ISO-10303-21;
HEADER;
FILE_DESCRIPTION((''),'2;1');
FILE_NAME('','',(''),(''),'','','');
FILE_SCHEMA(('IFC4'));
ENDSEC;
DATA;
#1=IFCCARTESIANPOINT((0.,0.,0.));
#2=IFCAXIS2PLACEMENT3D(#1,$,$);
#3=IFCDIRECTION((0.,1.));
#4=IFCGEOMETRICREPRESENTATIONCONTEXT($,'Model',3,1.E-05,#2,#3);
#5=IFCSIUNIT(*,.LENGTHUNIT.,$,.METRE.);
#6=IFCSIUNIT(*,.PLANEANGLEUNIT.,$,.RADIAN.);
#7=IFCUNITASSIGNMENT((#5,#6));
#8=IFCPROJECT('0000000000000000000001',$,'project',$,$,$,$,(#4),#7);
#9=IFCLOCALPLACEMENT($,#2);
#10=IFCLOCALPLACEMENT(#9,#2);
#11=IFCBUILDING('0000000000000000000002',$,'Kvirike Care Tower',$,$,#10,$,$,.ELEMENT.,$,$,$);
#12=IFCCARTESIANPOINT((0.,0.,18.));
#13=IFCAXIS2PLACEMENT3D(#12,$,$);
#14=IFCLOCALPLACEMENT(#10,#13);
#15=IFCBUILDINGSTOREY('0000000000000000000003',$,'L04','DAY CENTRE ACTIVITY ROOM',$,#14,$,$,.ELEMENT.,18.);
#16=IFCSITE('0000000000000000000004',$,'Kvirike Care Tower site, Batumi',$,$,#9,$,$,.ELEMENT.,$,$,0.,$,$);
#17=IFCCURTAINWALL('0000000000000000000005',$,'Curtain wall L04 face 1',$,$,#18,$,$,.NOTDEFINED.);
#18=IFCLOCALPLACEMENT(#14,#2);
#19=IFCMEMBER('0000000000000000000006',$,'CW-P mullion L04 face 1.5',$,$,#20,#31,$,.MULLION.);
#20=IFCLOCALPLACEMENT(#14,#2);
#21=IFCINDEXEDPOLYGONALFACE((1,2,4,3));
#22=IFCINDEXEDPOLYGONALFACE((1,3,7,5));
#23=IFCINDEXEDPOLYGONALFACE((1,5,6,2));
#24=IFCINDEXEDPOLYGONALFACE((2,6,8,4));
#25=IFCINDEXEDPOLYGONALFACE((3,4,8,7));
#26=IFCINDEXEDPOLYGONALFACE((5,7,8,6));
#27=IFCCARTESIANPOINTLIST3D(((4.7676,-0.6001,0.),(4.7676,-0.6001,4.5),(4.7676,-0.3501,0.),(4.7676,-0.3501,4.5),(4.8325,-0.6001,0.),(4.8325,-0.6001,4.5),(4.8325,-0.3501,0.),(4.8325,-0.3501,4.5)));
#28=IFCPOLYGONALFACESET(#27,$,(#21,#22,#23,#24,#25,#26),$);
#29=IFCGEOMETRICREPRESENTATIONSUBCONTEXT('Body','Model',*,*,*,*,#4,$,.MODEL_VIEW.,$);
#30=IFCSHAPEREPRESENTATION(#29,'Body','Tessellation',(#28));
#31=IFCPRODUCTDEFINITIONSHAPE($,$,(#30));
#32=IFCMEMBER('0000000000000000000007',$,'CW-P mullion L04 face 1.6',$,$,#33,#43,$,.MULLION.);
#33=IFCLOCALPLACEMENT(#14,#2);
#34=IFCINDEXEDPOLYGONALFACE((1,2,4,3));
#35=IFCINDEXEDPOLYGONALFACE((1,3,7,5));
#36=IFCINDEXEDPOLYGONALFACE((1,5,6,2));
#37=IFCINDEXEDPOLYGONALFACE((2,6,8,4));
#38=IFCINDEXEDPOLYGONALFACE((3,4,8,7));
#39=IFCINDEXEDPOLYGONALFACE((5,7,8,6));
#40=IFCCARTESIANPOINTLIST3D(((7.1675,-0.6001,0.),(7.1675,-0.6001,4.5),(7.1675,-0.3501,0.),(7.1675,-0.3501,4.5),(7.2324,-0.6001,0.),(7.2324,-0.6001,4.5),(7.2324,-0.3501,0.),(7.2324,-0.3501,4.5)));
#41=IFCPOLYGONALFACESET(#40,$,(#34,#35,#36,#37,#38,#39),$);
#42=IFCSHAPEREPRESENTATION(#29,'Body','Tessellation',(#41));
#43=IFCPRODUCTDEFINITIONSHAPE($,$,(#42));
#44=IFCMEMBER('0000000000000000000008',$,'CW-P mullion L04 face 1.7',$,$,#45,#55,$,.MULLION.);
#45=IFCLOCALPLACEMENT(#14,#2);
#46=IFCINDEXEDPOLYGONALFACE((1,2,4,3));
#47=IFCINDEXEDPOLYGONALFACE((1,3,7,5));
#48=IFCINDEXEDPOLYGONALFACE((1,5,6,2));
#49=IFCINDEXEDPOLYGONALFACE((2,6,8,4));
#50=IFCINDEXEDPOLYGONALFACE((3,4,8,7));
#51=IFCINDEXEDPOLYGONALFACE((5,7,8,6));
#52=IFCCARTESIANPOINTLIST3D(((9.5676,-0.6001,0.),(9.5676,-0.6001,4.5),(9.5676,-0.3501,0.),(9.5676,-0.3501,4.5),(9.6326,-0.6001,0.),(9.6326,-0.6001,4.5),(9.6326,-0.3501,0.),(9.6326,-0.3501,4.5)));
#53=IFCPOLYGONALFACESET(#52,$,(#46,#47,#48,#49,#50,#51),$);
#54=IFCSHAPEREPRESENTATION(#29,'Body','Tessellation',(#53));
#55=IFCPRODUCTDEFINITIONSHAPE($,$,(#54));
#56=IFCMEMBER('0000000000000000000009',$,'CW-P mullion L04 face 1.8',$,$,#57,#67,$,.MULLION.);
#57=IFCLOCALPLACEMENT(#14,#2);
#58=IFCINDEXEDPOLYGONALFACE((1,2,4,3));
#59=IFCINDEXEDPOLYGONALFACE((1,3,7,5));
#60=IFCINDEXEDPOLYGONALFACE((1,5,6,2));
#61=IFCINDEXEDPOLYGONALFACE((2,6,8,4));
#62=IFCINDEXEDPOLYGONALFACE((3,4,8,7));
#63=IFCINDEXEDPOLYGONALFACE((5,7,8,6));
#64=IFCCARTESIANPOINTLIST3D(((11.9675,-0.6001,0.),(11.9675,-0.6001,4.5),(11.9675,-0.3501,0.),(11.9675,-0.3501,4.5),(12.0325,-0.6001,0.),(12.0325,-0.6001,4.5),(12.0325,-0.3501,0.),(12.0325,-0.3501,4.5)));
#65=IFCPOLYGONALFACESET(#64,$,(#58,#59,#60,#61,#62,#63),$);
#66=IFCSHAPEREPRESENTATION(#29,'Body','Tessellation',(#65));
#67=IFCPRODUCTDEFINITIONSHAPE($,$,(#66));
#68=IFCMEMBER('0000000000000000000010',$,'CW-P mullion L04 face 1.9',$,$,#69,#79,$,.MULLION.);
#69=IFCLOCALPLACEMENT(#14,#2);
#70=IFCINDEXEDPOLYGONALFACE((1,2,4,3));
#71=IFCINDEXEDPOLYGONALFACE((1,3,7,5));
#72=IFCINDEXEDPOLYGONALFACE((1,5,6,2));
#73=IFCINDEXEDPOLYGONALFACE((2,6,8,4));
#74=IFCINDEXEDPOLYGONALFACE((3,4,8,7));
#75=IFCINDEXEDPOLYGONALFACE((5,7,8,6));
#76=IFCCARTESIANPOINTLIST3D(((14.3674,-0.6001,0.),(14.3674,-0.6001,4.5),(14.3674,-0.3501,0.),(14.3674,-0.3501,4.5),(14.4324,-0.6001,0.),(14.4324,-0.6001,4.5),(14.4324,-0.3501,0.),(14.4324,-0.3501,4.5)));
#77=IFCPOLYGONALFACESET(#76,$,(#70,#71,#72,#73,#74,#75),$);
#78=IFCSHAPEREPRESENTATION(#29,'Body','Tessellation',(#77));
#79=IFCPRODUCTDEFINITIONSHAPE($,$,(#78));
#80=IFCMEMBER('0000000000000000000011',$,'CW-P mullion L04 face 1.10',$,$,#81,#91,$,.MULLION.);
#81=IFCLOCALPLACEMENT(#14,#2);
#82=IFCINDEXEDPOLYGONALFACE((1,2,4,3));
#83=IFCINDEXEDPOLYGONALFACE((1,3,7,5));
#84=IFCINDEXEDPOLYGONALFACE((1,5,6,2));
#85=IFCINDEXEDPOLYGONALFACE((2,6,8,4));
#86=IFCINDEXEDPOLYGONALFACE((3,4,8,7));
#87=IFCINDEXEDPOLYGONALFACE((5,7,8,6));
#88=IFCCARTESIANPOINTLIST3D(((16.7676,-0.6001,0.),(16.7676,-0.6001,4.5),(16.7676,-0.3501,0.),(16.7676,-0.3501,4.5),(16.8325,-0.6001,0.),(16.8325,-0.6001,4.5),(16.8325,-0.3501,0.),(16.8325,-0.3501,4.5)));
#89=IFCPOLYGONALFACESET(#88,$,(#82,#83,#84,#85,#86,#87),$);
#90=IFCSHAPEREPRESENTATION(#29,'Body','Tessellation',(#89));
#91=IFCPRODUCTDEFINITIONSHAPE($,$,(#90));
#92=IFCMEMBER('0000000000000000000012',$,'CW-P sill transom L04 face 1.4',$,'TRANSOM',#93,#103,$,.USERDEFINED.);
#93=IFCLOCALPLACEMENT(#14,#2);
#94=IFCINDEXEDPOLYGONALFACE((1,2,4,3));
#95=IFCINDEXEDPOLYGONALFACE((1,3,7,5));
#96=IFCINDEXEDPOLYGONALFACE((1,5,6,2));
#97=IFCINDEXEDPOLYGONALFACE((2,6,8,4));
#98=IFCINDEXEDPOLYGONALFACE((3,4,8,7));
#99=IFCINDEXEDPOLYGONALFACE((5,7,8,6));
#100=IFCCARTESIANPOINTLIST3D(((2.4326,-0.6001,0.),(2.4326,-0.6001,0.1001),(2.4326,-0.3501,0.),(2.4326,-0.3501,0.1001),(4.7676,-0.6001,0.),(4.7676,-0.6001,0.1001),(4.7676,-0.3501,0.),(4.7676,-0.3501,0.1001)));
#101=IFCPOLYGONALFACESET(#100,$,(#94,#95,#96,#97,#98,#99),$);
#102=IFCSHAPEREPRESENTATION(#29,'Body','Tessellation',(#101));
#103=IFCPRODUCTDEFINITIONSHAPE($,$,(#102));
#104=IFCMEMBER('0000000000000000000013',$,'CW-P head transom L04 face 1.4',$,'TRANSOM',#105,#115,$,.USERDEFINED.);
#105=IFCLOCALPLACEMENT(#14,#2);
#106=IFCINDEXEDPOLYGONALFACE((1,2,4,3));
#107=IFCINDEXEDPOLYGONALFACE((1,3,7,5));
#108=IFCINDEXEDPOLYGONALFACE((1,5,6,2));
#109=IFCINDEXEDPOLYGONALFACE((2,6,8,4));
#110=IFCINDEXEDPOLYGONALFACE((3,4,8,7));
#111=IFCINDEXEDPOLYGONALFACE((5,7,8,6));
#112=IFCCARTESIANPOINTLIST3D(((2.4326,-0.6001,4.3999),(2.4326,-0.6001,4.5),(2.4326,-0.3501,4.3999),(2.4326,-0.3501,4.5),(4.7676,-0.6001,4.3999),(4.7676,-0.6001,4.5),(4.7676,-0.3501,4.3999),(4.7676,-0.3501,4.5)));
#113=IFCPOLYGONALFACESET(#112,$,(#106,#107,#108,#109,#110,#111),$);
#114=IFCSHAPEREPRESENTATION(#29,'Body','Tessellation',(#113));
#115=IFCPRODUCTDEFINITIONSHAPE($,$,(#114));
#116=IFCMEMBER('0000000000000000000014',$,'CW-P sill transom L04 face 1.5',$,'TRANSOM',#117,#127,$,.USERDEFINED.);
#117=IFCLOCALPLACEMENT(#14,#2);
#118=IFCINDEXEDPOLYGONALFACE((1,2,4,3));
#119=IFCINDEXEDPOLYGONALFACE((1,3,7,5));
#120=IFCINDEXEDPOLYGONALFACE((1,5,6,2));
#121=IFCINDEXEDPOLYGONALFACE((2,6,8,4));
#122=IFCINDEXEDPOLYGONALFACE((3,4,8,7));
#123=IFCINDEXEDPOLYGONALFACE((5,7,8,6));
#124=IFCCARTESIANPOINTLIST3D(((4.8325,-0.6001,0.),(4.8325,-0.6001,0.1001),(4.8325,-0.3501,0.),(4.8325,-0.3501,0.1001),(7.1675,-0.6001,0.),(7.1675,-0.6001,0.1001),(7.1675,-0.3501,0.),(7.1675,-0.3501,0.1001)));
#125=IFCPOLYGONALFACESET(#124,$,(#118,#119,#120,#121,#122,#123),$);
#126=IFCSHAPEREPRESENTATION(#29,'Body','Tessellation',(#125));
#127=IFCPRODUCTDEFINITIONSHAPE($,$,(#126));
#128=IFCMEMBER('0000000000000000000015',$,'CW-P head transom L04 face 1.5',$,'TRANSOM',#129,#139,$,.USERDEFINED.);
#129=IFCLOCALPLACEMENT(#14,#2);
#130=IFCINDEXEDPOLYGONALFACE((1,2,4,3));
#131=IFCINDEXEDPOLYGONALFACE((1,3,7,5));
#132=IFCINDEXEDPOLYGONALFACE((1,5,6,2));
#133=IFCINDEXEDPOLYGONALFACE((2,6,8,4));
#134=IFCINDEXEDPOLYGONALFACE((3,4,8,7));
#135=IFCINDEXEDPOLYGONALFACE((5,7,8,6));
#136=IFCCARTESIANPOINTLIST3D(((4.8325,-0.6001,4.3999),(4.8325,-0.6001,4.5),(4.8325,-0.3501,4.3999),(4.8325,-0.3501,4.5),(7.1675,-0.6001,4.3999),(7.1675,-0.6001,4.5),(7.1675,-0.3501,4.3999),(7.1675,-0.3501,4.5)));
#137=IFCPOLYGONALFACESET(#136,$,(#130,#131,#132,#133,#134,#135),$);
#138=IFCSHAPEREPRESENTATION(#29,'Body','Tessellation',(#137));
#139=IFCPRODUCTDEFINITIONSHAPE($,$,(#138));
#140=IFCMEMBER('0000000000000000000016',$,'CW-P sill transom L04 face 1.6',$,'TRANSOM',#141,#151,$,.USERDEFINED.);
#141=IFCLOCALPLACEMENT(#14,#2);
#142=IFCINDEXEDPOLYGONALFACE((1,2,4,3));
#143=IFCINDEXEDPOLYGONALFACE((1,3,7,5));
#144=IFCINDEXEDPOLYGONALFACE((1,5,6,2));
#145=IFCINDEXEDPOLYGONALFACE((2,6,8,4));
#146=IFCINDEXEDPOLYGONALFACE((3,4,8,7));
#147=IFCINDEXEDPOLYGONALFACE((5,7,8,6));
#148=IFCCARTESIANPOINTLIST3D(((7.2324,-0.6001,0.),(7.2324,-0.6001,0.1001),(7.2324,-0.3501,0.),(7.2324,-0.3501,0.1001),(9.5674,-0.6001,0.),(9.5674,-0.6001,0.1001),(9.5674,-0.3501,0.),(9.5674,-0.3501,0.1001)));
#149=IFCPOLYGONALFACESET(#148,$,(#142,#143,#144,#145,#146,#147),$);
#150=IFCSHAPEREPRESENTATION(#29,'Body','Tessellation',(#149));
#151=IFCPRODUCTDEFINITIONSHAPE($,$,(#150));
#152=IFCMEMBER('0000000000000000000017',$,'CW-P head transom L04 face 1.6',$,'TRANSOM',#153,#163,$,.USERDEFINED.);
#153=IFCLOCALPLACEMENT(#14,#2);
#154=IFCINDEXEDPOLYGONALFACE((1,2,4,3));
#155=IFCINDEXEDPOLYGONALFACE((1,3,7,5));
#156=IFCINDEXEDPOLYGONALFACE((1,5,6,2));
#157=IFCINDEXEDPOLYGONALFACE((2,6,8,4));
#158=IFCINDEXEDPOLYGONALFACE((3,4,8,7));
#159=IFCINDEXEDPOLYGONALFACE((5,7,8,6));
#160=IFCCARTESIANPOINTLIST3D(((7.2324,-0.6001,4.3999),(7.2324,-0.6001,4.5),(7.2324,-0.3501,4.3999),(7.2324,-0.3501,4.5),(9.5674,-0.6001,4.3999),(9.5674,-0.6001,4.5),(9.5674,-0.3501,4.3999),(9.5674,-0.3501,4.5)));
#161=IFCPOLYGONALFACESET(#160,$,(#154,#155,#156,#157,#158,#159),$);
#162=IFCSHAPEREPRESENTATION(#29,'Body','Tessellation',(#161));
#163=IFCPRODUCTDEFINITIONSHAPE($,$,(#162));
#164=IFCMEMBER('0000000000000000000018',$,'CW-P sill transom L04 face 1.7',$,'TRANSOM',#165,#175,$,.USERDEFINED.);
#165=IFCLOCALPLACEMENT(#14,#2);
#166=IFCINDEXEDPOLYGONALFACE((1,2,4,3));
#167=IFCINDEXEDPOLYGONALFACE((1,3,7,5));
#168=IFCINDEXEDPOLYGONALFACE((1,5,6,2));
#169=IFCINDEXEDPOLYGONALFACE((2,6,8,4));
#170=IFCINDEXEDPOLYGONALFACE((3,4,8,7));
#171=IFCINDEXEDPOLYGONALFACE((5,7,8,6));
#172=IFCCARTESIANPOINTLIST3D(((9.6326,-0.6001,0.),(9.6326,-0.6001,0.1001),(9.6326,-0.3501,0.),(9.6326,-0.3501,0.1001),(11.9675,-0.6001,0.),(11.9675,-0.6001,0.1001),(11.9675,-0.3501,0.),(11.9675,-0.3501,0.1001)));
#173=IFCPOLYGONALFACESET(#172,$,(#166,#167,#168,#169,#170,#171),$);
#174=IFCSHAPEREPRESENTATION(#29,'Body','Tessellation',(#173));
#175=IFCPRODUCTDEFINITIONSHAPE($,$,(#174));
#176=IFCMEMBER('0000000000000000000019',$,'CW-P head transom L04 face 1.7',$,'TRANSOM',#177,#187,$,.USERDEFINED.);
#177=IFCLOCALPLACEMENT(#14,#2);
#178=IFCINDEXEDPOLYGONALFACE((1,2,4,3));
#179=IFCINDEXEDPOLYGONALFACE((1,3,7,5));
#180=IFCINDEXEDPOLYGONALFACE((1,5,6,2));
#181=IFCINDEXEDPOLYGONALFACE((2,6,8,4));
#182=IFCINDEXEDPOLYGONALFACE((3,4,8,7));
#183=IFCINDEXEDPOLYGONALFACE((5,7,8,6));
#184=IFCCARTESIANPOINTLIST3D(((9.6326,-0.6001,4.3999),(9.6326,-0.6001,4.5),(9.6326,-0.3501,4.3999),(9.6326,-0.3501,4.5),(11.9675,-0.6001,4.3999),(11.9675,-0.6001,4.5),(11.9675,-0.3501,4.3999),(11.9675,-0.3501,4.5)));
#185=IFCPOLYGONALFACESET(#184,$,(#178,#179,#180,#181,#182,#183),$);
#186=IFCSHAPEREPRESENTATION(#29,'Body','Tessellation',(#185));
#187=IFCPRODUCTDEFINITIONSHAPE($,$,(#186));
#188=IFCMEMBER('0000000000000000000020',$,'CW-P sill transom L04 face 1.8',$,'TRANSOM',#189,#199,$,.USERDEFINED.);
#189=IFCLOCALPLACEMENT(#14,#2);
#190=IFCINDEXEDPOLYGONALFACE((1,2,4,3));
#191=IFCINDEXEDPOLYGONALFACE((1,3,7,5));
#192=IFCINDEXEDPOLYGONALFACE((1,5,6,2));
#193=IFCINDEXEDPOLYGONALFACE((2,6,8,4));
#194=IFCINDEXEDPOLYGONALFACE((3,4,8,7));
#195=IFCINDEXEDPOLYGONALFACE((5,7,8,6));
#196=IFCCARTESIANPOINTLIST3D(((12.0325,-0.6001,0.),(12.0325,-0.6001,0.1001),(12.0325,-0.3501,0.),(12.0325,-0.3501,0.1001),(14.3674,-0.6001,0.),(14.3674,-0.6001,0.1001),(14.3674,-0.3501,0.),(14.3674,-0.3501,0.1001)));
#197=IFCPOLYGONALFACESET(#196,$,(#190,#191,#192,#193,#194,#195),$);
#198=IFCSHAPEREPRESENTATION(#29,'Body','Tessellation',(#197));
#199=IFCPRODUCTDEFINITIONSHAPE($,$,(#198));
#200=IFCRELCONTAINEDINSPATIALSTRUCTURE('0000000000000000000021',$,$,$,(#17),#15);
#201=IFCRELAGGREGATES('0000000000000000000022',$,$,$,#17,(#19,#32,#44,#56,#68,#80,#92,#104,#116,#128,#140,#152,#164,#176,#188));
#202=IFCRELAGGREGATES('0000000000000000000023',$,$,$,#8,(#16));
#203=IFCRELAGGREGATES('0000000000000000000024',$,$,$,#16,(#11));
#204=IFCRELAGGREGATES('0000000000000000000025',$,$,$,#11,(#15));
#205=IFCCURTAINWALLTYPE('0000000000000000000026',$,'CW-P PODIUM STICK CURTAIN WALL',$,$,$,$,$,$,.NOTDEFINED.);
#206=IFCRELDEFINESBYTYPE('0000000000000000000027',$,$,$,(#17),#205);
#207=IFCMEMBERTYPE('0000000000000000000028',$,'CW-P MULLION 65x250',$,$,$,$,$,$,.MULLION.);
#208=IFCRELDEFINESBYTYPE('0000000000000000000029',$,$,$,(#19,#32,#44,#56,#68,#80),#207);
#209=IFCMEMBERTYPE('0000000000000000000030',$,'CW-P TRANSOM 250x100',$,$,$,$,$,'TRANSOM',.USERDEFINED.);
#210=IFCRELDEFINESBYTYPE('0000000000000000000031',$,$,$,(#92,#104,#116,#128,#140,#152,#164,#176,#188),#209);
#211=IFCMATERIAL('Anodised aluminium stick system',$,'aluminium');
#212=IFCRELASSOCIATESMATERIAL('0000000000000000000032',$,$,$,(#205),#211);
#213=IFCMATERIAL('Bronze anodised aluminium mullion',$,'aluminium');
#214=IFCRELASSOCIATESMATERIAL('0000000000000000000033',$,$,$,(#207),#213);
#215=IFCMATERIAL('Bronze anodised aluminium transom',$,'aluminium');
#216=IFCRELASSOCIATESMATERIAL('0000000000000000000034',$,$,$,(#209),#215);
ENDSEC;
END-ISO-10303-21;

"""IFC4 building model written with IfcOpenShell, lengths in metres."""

from ifc_helpers import new_model, si_unit, direction, frame, origin, origin_2d, place, context, subcontext, project, spatial, rectangle, extrude, material, material_profile, profile_set, type_object, element, aggregate, save


model = new_model("IFC4")

# Units and contexts
model_context = context("Model", 3, precision=1e-05, world=origin(), true_north=direction((0.0, 1.0)))
body_context = subcontext(model_context, "Body", "Model", "MODEL_VIEW")
ifc_project = project(units=[si_unit("LENGTHUNIT", "METRE"), si_unit("PLANEANGLEUNIT", "RADIAN")], contexts=[model_context])

# Site, building, storey
site_placement = place(None, origin())
site = spatial("IfcSite", under=ifc_project, at=site_placement, Name="Kvirike Care Tower site, Batumi", CompositionType="ELEMENT", RefElevation=0.0)
building_placement = place(site_placement, origin())
building = spatial("IfcBuilding", under=site, at=building_placement, Name="Kvirike Care Tower", CompositionType="ELEMENT")
storey_placement = place(building_placement, frame((0.0, 0.0, 18.0)))
storey = spatial("IfcBuildingStorey", under=building, at=storey_placement, Name="L04", Description="DAY CENTRE ACTIVITY ROOM", CompositionType="ELEMENT", Elevation=18.0)

# Curtain wall, members
ifc_material_1 = material(Name="Anodised aluminium stick system", Category="aluminium")
curtain_wall_type = type_object("IfcCurtainWallType", Name="CW-P PODIUM STICK CURTAIN WALL", PredefinedType="NOTDEFINED", material=ifc_material_1)
curtain_wall_placement = place(storey_placement, origin())
curtain_wall = element("IfcCurtainWall", 1, at=curtain_wall_placement, inside=storey, type_object=curtain_wall_type, Name="Curtain wall L04 face 1", PredefinedType="NOTDEFINED")
ifc_material_2 = material(Name="Bronze anodised aluminium mullion", Category="aluminium")
ifc_material_profile_1 = material_profile(ifc_material_2, rectangle(XDim=0.0649, YDim=0.25, at=origin_2d()), Name="CW-P MULLION 65x250")
ifc_profile_set_1 = profile_set([ifc_material_profile_1], Name="Bronze anodised aluminium mullion")
member_type_1 = type_object("IfcMemberType", Name="CW-P MULLION 65x250", PredefinedType="MULLION", material=ifc_profile_set_1)
member_1_placement = place(storey_placement, frame((4.8, -0.4751, 0.0), z_axis=(0.0, 0.0, 1.0), x_axis=(1.0, 0.0, 0.0)))
member_1 = element("IfcMember", 2, at=member_1_placement, type_object=member_type_1, Name="CW-P mullion L04 face 1.5", PredefinedType="MULLION", context=body_context, shape_type="SweptSolid", body=[
    extrude(rectangle(XDim=0.0649, YDim=0.25, at=origin_2d()), origin(), (0.0, 0.0, 1.0), 4.5),
])
member_2_placement = place(storey_placement, frame((7.2, -0.4751, 0.0), z_axis=(0.0, 0.0, 1.0), x_axis=(1.0, 0.0, 0.0)))
member_2 = element("IfcMember", 3, at=member_2_placement, type_object=member_type_1, Name="CW-P mullion L04 face 1.6", PredefinedType="MULLION", context=body_context, shape_type="SweptSolid", body=[
    extrude(rectangle(XDim=0.0649, YDim=0.25, at=origin_2d()), origin(), (0.0, 0.0, 1.0), 4.5),
])
member_3_placement = place(storey_placement, frame((9.6001, -0.4751, 0.0), z_axis=(0.0, 0.0, 1.0), x_axis=(1.0, 0.0, 0.0)))
member_3 = element("IfcMember", 4, at=member_3_placement, type_object=member_type_1, Name="CW-P mullion L04 face 1.7", PredefinedType="MULLION", context=body_context, shape_type="SweptSolid", body=[
    extrude(rectangle(XDim=0.0649, YDim=0.25, at=origin_2d()), origin(), (0.0, 0.0, 1.0), 4.5),
])
member_4_placement = place(storey_placement, frame((12.0, -0.4751, 0.0), z_axis=(0.0, 0.0, 1.0), x_axis=(1.0, 0.0, 0.0)))
member_4 = element("IfcMember", 5, at=member_4_placement, type_object=member_type_1, Name="CW-P mullion L04 face 1.8", PredefinedType="MULLION", context=body_context, shape_type="SweptSolid", body=[
    extrude(rectangle(XDim=0.0649, YDim=0.25, at=origin_2d()), origin(), (0.0, 0.0, 1.0), 4.5),
])
member_5_placement = place(storey_placement, frame((14.3999, -0.4751, 0.0), z_axis=(0.0, 0.0, 1.0), x_axis=(1.0, 0.0, 0.0)))
member_5 = element("IfcMember", 6, at=member_5_placement, type_object=member_type_1, Name="CW-P mullion L04 face 1.9", PredefinedType="MULLION", context=body_context, shape_type="SweptSolid", body=[
    extrude(rectangle(XDim=0.0649, YDim=0.25, at=origin_2d()), origin(), (0.0, 0.0, 1.0), 4.5),
])
member_6_placement = place(storey_placement, frame((16.8, -0.4751, 0.0), z_axis=(0.0, 0.0, 1.0), x_axis=(1.0, 0.0, 0.0)))
member_6 = element("IfcMember", 7, at=member_6_placement, type_object=member_type_1, Name="CW-P mullion L04 face 1.10", PredefinedType="MULLION", context=body_context, shape_type="SweptSolid", body=[
    extrude(rectangle(XDim=0.0649, YDim=0.25, at=origin_2d()), origin(), (0.0, 0.0, 1.0), 4.5),
])
ifc_material_3 = material(Name="Bronze anodised aluminium transom", Category="aluminium")
ifc_material_profile_2 = material_profile(ifc_material_3, rectangle(XDim=0.25, YDim=0.1001, at=origin_2d()), Name="CW-P TRANSOM 250x100")
ifc_profile_set_2 = profile_set([ifc_material_profile_2], Name="Bronze anodised aluminium transom")
member_type_2 = type_object("IfcMemberType", Name="CW-P TRANSOM 250x100", ElementType="TRANSOM", PredefinedType="USERDEFINED", material=ifc_profile_set_2)
member_7_placement = place(storey_placement, frame((2.4326, -0.4751, 0.05), z_axis=(1.0, 0.0, 0.0), x_axis=(0.0, 1.0, 0.0)))
member_7 = element("IfcMember", 8, at=member_7_placement, type_object=member_type_2, Name="CW-P sill transom L04 face 1.4", ObjectType="TRANSOM", PredefinedType="USERDEFINED", context=body_context, shape_type="SweptSolid", body=[
    extrude(rectangle(XDim=0.25, YDim=0.1001, at=origin_2d()), origin(), (0.0, 0.0, 1.0), 2.335),
])
member_8_placement = place(storey_placement, frame((2.4326, -0.4751, 4.45), z_axis=(1.0, 0.0, 0.0), x_axis=(0.0, 1.0, 0.0)))
member_8 = element("IfcMember", 9, at=member_8_placement, type_object=member_type_2, Name="CW-P head transom L04 face 1.4", ObjectType="TRANSOM", PredefinedType="USERDEFINED", context=body_context, shape_type="SweptSolid", body=[
    extrude(rectangle(XDim=0.25, YDim=0.1001, at=origin_2d()), origin(), (0.0, 0.0, 1.0), 2.335),
])
member_9_placement = place(storey_placement, frame((4.8325, -0.4751, 0.05), z_axis=(1.0, 0.0, 0.0), x_axis=(0.0, 1.0, 0.0)))
member_9 = element("IfcMember", 10, at=member_9_placement, type_object=member_type_2, Name="CW-P sill transom L04 face 1.5", ObjectType="TRANSOM", PredefinedType="USERDEFINED", context=body_context, shape_type="SweptSolid", body=[
    extrude(rectangle(XDim=0.25, YDim=0.1001, at=origin_2d()), origin(), (0.0, 0.0, 1.0), 2.335),
])
member_10_placement = place(storey_placement, frame((4.8325, -0.4751, 4.45), z_axis=(1.0, 0.0, 0.0), x_axis=(0.0, 1.0, 0.0)))
member_10 = element("IfcMember", 11, at=member_10_placement, type_object=member_type_2, Name="CW-P head transom L04 face 1.5", ObjectType="TRANSOM", PredefinedType="USERDEFINED", context=body_context, shape_type="SweptSolid", body=[
    extrude(rectangle(XDim=0.25, YDim=0.1001, at=origin_2d()), origin(), (0.0, 0.0, 1.0), 2.335),
])
member_11_placement = place(storey_placement, frame((7.2324, -0.4751, 0.05), z_axis=(1.0, 0.0, 0.0), x_axis=(0.0, 1.0, 0.0)))
member_11 = element("IfcMember", 12, at=member_11_placement, type_object=member_type_2, Name="CW-P sill transom L04 face 1.6", ObjectType="TRANSOM", PredefinedType="USERDEFINED", context=body_context, shape_type="SweptSolid", body=[
    extrude(rectangle(XDim=0.25, YDim=0.1001, at=origin_2d()), origin(), (0.0, 0.0, 1.0), 2.335),
])
member_12_placement = place(storey_placement, frame((7.2324, -0.4751, 4.45), z_axis=(1.0, 0.0, 0.0), x_axis=(0.0, 1.0, 0.0)))
member_12 = element("IfcMember", 13, at=member_12_placement, type_object=member_type_2, Name="CW-P head transom L04 face 1.6", ObjectType="TRANSOM", PredefinedType="USERDEFINED", context=body_context, shape_type="SweptSolid", body=[
    extrude(rectangle(XDim=0.25, YDim=0.1001, at=origin_2d()), origin(), (0.0, 0.0, 1.0), 2.335),
])
member_13_placement = place(storey_placement, frame((9.6326, -0.4751, 0.05), z_axis=(1.0, 0.0, 0.0), x_axis=(0.0, 1.0, 0.0)))
member_13 = element("IfcMember", 14, at=member_13_placement, type_object=member_type_2, Name="CW-P sill transom L04 face 1.7", ObjectType="TRANSOM", PredefinedType="USERDEFINED", context=body_context, shape_type="SweptSolid", body=[
    extrude(rectangle(XDim=0.25, YDim=0.1001, at=origin_2d()), origin(), (0.0, 0.0, 1.0), 2.335),
])
member_14_placement = place(storey_placement, frame((9.6326, -0.4751, 4.45), z_axis=(1.0, 0.0, 0.0), x_axis=(0.0, 1.0, 0.0)))
member_14 = element("IfcMember", 15, at=member_14_placement, type_object=member_type_2, Name="CW-P head transom L04 face 1.7", ObjectType="TRANSOM", PredefinedType="USERDEFINED", context=body_context, shape_type="SweptSolid", body=[
    extrude(rectangle(XDim=0.25, YDim=0.1001, at=origin_2d()), origin(), (0.0, 0.0, 1.0), 2.335),
])
member_15_placement = place(storey_placement, frame((12.0325, -0.4751, 0.05), z_axis=(1.0, 0.0, 0.0), x_axis=(0.0, 1.0, 0.0)))
member_15 = element("IfcMember", 16, at=member_15_placement, type_object=member_type_2, Name="CW-P sill transom L04 face 1.8", ObjectType="TRANSOM", PredefinedType="USERDEFINED", context=body_context, shape_type="SweptSolid", body=[
    extrude(rectangle(XDim=0.25, YDim=0.1001, at=origin_2d()), origin(), (0.0, 0.0, 1.0), 2.335),
])
aggregate(curtain_wall, [member_1, member_2, member_3, member_4, member_5, member_6, member_7, member_8, member_9, member_10, member_11, member_12, member_13, member_14, member_15])

save(model, "model.ifc")
